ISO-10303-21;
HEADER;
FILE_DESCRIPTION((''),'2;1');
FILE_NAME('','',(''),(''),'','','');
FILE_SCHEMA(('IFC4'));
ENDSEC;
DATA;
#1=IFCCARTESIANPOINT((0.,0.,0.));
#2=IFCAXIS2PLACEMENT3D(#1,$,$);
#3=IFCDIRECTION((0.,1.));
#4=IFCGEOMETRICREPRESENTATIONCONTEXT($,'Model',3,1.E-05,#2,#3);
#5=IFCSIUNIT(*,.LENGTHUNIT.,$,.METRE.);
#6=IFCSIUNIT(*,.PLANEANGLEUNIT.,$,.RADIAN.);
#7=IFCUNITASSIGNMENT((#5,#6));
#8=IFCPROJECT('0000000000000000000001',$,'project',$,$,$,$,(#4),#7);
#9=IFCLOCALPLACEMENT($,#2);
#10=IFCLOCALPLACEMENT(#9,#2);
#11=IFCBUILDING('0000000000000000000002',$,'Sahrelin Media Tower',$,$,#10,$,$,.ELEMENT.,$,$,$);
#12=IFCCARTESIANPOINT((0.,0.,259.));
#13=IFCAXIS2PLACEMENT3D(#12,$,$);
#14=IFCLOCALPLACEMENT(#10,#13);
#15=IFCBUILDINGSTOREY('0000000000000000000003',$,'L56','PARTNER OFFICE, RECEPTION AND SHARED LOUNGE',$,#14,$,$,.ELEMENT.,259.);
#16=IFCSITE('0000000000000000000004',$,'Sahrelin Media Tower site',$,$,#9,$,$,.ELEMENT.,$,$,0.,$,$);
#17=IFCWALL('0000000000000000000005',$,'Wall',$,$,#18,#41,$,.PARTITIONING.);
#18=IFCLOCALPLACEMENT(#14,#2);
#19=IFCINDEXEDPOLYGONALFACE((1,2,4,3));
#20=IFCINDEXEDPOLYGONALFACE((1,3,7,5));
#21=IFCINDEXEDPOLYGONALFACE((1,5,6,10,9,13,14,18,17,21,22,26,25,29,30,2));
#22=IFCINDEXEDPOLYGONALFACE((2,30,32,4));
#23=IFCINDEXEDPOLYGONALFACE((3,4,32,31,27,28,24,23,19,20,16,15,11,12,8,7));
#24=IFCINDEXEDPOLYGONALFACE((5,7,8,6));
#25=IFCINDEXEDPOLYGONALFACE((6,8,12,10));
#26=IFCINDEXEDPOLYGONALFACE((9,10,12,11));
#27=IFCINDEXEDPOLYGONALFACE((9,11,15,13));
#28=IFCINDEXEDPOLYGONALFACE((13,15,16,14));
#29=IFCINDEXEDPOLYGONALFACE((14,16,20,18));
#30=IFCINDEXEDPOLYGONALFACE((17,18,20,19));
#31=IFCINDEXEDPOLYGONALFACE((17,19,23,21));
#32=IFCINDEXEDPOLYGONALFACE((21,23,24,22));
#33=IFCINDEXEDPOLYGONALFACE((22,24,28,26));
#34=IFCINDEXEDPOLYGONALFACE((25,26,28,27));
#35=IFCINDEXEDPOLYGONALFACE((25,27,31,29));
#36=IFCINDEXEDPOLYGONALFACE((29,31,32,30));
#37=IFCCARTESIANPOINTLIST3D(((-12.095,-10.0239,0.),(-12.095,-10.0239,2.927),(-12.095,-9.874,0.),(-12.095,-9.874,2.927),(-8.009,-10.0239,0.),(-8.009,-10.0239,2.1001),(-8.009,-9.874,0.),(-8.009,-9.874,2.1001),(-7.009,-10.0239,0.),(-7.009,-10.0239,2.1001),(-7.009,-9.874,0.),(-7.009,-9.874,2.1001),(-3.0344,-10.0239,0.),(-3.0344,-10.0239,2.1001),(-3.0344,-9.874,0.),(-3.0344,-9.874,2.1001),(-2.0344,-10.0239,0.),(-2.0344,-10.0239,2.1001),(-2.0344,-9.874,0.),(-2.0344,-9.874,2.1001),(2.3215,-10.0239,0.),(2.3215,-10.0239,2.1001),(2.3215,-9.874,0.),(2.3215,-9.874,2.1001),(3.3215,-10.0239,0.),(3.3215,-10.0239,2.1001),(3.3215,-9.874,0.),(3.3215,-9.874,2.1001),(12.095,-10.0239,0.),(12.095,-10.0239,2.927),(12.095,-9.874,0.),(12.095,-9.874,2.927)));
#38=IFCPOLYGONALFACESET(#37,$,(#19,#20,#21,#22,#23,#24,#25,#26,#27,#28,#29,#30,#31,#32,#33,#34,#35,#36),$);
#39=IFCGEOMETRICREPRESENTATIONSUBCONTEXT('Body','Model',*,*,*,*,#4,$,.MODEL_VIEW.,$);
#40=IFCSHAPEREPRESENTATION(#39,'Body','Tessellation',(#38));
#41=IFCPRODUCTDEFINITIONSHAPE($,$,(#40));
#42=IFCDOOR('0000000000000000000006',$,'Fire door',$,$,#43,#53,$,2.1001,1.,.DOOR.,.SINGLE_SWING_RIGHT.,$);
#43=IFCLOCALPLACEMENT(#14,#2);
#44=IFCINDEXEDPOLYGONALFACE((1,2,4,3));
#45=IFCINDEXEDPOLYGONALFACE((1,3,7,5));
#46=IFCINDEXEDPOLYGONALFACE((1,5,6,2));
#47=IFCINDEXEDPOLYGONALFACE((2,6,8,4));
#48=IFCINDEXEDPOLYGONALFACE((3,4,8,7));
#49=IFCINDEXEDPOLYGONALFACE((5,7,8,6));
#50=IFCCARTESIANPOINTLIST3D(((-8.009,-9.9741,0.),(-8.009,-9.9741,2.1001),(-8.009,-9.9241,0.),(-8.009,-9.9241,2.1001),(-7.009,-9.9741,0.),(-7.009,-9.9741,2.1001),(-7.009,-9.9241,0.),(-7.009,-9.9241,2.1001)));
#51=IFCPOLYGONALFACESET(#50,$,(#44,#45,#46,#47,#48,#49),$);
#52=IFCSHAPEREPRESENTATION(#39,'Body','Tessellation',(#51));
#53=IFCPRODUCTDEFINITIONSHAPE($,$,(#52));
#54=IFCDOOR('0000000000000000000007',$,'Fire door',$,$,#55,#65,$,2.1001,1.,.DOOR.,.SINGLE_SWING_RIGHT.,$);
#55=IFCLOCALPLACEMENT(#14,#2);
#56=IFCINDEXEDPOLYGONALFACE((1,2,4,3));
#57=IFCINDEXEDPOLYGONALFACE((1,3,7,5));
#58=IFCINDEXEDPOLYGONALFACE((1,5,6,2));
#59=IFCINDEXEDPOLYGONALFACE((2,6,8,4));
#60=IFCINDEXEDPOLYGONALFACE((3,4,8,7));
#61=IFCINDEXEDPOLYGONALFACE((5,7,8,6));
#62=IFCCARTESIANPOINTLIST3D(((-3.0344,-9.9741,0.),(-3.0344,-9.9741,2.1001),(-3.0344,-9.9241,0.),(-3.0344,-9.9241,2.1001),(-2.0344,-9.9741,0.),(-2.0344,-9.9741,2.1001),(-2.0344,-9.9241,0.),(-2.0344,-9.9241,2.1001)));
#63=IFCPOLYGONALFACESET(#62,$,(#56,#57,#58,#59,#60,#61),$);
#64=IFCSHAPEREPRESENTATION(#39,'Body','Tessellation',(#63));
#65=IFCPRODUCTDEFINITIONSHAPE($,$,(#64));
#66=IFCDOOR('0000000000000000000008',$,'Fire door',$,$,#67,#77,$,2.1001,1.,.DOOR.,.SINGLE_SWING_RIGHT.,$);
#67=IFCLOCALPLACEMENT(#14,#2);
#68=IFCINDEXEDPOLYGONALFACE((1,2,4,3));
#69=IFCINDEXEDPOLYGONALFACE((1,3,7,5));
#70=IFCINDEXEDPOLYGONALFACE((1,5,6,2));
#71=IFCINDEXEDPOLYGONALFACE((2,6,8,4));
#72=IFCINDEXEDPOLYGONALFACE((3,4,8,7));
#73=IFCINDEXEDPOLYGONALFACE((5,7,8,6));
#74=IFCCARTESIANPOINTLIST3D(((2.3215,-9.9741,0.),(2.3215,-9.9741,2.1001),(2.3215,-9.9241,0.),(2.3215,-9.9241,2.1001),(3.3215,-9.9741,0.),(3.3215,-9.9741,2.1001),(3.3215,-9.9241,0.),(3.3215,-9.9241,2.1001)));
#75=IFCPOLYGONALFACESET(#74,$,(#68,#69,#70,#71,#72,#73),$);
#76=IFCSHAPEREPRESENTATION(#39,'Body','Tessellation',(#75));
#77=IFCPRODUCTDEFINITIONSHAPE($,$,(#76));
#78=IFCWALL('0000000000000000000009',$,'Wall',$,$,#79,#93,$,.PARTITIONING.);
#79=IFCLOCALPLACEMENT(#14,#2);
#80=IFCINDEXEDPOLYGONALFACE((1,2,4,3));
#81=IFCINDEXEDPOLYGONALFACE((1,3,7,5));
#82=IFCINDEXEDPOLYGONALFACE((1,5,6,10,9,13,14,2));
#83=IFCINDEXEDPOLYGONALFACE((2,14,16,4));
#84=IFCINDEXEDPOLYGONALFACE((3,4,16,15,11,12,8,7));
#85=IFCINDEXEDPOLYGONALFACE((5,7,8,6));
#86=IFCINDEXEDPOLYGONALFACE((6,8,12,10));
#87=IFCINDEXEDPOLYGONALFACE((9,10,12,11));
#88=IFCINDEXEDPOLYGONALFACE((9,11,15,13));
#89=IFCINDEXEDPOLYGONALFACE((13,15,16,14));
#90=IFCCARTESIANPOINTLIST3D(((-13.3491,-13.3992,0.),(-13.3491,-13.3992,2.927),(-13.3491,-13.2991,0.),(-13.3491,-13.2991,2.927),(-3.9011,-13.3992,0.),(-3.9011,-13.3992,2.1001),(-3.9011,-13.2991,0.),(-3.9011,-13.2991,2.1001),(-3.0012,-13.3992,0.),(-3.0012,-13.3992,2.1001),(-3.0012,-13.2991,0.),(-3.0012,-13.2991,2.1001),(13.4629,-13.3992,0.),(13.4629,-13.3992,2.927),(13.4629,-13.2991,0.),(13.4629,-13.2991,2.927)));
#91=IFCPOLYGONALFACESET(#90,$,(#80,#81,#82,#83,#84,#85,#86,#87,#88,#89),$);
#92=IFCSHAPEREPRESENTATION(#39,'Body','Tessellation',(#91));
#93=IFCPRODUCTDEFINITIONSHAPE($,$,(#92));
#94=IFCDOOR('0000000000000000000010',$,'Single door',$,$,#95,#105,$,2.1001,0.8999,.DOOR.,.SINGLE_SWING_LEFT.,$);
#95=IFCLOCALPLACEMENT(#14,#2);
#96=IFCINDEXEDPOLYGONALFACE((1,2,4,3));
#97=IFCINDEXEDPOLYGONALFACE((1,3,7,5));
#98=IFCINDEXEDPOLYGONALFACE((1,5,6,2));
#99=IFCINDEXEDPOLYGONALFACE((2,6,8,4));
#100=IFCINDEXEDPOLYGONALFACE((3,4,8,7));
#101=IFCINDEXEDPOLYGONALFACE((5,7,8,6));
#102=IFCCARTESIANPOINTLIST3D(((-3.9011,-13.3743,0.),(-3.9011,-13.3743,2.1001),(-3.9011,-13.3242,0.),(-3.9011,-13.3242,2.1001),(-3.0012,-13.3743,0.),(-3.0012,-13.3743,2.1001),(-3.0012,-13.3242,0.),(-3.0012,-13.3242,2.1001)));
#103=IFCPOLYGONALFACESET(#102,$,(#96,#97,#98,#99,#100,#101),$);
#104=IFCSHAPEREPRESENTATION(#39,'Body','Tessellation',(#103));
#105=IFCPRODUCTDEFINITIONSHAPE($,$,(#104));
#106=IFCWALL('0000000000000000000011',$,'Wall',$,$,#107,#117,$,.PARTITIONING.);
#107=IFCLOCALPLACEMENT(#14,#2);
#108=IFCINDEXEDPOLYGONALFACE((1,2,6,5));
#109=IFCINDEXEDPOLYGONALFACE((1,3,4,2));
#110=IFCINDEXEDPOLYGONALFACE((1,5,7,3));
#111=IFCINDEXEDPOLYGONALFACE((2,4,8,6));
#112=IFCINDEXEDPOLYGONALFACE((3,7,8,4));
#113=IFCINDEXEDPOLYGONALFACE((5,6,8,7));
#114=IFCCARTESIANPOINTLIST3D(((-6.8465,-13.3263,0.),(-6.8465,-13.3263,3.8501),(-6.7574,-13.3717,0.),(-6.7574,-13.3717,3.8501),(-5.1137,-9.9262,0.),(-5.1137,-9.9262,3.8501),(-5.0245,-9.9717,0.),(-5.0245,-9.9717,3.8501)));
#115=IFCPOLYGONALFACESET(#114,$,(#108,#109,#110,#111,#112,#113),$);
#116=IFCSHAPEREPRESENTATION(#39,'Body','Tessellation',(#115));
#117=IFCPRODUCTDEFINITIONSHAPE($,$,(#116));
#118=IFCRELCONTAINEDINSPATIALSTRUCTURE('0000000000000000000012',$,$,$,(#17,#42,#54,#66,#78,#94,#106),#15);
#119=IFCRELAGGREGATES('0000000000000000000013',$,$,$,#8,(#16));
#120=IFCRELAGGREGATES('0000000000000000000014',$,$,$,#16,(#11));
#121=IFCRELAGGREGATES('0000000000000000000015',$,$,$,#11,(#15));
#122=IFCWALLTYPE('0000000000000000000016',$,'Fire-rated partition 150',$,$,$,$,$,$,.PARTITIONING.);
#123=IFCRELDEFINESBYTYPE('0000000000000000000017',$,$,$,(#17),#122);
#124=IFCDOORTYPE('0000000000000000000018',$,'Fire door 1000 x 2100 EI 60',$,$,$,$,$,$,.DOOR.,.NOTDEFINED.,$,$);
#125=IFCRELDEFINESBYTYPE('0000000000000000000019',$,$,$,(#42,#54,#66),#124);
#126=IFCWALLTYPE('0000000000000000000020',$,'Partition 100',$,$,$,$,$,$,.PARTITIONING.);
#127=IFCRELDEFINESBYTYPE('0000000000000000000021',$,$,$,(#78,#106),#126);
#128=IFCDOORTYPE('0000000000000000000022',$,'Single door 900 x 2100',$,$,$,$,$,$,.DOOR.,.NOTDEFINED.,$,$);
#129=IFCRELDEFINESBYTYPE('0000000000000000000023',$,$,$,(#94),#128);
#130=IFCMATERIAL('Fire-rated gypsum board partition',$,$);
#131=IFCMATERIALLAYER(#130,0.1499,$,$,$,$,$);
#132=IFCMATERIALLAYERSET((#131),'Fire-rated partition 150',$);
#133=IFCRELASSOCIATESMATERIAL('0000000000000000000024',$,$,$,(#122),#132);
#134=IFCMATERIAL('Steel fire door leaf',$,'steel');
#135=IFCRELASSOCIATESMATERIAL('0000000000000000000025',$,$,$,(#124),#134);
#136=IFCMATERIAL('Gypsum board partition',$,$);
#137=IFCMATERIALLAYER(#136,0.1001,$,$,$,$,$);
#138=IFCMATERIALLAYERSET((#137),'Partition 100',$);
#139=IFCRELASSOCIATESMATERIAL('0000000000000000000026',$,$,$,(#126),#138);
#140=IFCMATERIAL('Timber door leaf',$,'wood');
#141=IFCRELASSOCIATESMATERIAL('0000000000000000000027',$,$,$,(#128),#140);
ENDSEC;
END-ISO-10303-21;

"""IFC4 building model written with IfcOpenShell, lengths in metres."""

from ifc_helpers import new_model, si_unit, direction, frame, frame_2d, origin, place, context, subcontext, project, spatial, rectangle, extrude, material, layer, layer_set, type_object, element, fill, save


model = new_model("IFC4")

# Units and contexts
model_context = context("Model", 3, precision=1e-05, world=origin(), true_north=direction((0.0, 1.0)))
body_context = subcontext(model_context, "Body", "Model", "MODEL_VIEW")
ifc_project = project(units=[si_unit("LENGTHUNIT", "METRE"), si_unit("PLANEANGLEUNIT", "RADIAN")], contexts=[model_context])

# Site, building, storey
site_placement = place(None, origin())
site = spatial("IfcSite", under=ifc_project, at=site_placement, Name="Sahrelin Media Tower site", CompositionType="ELEMENT", RefElevation=0.0)
building_placement = place(site_placement, origin())
building = spatial("IfcBuilding", under=site, at=building_placement, Name="Sahrelin Media Tower", CompositionType="ELEMENT")
storey_placement = place(building_placement, frame((0.0, 0.0, 259.0)))
storey = spatial("IfcBuildingStorey", under=building, at=storey_placement, Name="L56", Description="PARTNER OFFICE, RECEPTION AND SHARED LOUNGE", CompositionType="ELEMENT", Elevation=259.0)

# Wall, openings, doors
ifc_material_1 = material(Name="Fire-rated gypsum board partition")
ifc_layer_1 = layer(ifc_material_1, 0.1499)
ifc_layer_set_1 = layer_set([ifc_layer_1], Name="Fire-rated partition 150")
wall_type_1 = type_object("IfcWallType", Name="Fire-rated partition 150", PredefinedType="PARTITIONING", material=ifc_layer_set_1)
wall_1_placement = place(storey_placement, frame((-12.095, -9.949, 0.0), z_axis=(0.0, 0.0, 1.0), x_axis=(1.0, 0.0, 0.0)))
wall_1 = element("IfcWall", 1, at=wall_1_placement, inside=storey, type_object=wall_type_1, Name="Wall", PredefinedType="PARTITIONING", context=body_context, shape_type="SweptSolid", body=[
    extrude(rectangle(XDim=24.1899, YDim=0.1499, at=frame_2d((12.095, 0.0))), origin(), (0.0, 0.0, 1.0), 2.927),
])
opening_1_placement = place(wall_1_placement, frame((4.0859, 0.0, 0.0)))
opening_1 = element("IfcOpeningElement", 2, at=opening_1_placement, cuts=wall_1, PredefinedType="OPENING", context=body_context, shape_type="SweptSolid", body=[
    extrude(rectangle(XDim=1.0, YDim=2.1001, at=frame_2d((0.5, 1.05))), frame((0.0, 0.075, 0.0), z_axis=(0.0, -1.0, 0.0), x_axis=(1.0, 0.0, 0.0)), (0.0, 0.0, 1.0), 0.1499),
])
opening_2_placement = place(wall_1_placement, frame((9.0605, 0.0, 0.0)))
opening_2 = element("IfcOpeningElement", 3, at=opening_2_placement, cuts=wall_1, PredefinedType="OPENING", context=body_context, shape_type="SweptSolid", body=[
    extrude(rectangle(XDim=1.0, YDim=2.1001, at=frame_2d((0.5, 1.05))), frame((0.0, 0.075, 0.0), z_axis=(0.0, -1.0, 0.0), x_axis=(1.0, 0.0, 0.0)), (0.0, 0.0, 1.0), 0.1499),
])
opening_3_placement = place(wall_1_placement, frame((14.4165, 0.0, 0.0)))
opening_3 = element("IfcOpeningElement", 4, at=opening_3_placement, cuts=wall_1, PredefinedType="OPENING", context=body_context, shape_type="SweptSolid", body=[
    extrude(rectangle(XDim=1.0, YDim=2.1001, at=frame_2d((0.5, 1.05))), frame((0.0, 0.075, 0.0), z_axis=(0.0, -1.0, 0.0), x_axis=(1.0, 0.0, 0.0)), (0.0, 0.0, 1.0), 0.1499),
])
ifc_material_2 = material(Name="Steel fire door leaf", Category="steel")
door_type_1 = type_object("IfcDoorType", Name="Fire door 1000 x 2100 EI 60", OperationType="NOTDEFINED", PredefinedType="DOOR", material=ifc_material_2)
door_1_placement = place(opening_1_placement, origin())
door_1 = element("IfcDoor", 5, at=door_1_placement, inside=storey, type_object=door_type_1, Name="Fire door", OperationType="SINGLE_SWING_RIGHT", OverallHeight=2.1001, OverallWidth=1.0, PredefinedType="DOOR", context=body_context, shape_type="SweptSolid", body=[
    extrude(rectangle(XDim=1.0, YDim=2.1001, at=frame_2d((0.5, 1.05))), frame((0.0, 0.0249, 0.0), z_axis=(0.0, -1.0, 0.0), x_axis=(1.0, 0.0, 0.0)), (0.0, 0.0, 1.0), 0.05),
])
fill(opening_1, door_1)
door_2_placement = place(opening_2_placement, origin())
door_2 = element("IfcDoor", 6, at=door_2_placement, inside=storey, type_object=door_type_1, Name="Fire door", OperationType="SINGLE_SWING_RIGHT", OverallHeight=2.1001, OverallWidth=1.0, PredefinedType="DOOR", context=body_context, shape_type="SweptSolid", body=[
    extrude(rectangle(XDim=1.0, YDim=2.1001, at=frame_2d((0.5, 1.05))), frame((0.0, 0.0249, 0.0), z_axis=(0.0, -1.0, 0.0), x_axis=(1.0, 0.0, 0.0)), (0.0, 0.0, 1.0), 0.05),
])
fill(opening_2, door_2)
door_3_placement = place(opening_3_placement, origin())
door_3 = element("IfcDoor", 7, at=door_3_placement, inside=storey, type_object=door_type_1, Name="Fire door", OperationType="SINGLE_SWING_RIGHT", OverallHeight=2.1001, OverallWidth=1.0, PredefinedType="DOOR", context=body_context, shape_type="SweptSolid", body=[
    extrude(rectangle(XDim=1.0, YDim=2.1001, at=frame_2d((0.5, 1.05))), frame((0.0, 0.0249, 0.0), z_axis=(0.0, -1.0, 0.0), x_axis=(1.0, 0.0, 0.0)), (0.0, 0.0, 1.0), 0.05),
])
fill(opening_3, door_3)

# Wall, opening, door
ifc_material_3 = material(Name="Gypsum board partition")
ifc_layer_2 = layer(ifc_material_3, 0.1001)
ifc_layer_set_2 = layer_set([ifc_layer_2], Name="Partition 100")
wall_type_2 = type_object("IfcWallType", Name="Partition 100", PredefinedType="PARTITIONING", material=ifc_layer_set_2)
wall_2_placement = place(storey_placement, frame((-13.3491, -13.3491, 0.0), z_axis=(0.0, 0.0, 1.0), x_axis=(1.0, 0.0, 0.0)))
wall_2 = element("IfcWall", 8, at=wall_2_placement, inside=storey, type_object=wall_type_2, Name="Wall", PredefinedType="PARTITIONING", context=body_context, shape_type="SweptSolid", body=[
    extrude(rectangle(XDim=26.812, YDim=0.1001, at=frame_2d((13.406, 0.0))), origin(), (0.0, 0.0, 1.0), 2.927),
])
opening_4_placement = place(wall_2_placement, frame((9.448, 0.0, 0.0)))
opening_4 = element("IfcOpeningElement", 9, at=opening_4_placement, cuts=wall_2, PredefinedType="OPENING", context=body_context, shape_type="SweptSolid", body=[
    extrude(rectangle(XDim=0.8999, YDim=2.1001, at=frame_2d((0.45, 1.05))), frame((0.0, 0.05, 0.0), z_axis=(0.0, -1.0, 0.0), x_axis=(1.0, 0.0, 0.0)), (0.0, 0.0, 1.0), 0.1001),
])
ifc_material_4 = material(Name="Timber door leaf", Category="wood")
door_type_2 = type_object("IfcDoorType", Name="Single door 900 x 2100", OperationType="NOTDEFINED", PredefinedType="DOOR", material=ifc_material_4)
door_4_placement = place(opening_4_placement, origin())
door_4 = element("IfcDoor", 10, at=door_4_placement, inside=storey, type_object=door_type_2, Name="Single door", OperationType="SINGLE_SWING_LEFT", OverallHeight=2.1001, OverallWidth=0.8999, PredefinedType="DOOR", context=body_context, shape_type="SweptSolid", body=[
    extrude(rectangle(XDim=0.8999, YDim=2.1001, at=frame_2d((0.45, 1.05))), frame((0.0, 0.0249, 0.0), z_axis=(0.0, -1.0, 0.0), x_axis=(1.0, 0.0, 0.0)), (0.0, 0.0, 1.0), 0.05),
])
fill(opening_4, door_4)

# Wall
wall_3_placement = place(storey_placement, frame((-6.802, -13.3491, 0.0), z_axis=(0.0, 0.0, 1.0), x_axis=(0.454084, 0.890959, 0.0)))
element("IfcWall", 11, at=wall_3_placement, inside=storey, type_object=wall_type_2, Name="Wall", PredefinedType="PARTITIONING", context=body_context, shape_type="SweptSolid", body=[
    extrude(rectangle(XDim=3.8162, YDim=0.1001, at=frame_2d((1.9082, 0.0))), origin(), (0.0, 0.0, 1.0), 3.8501),
])

save(model, "model.ifc")
